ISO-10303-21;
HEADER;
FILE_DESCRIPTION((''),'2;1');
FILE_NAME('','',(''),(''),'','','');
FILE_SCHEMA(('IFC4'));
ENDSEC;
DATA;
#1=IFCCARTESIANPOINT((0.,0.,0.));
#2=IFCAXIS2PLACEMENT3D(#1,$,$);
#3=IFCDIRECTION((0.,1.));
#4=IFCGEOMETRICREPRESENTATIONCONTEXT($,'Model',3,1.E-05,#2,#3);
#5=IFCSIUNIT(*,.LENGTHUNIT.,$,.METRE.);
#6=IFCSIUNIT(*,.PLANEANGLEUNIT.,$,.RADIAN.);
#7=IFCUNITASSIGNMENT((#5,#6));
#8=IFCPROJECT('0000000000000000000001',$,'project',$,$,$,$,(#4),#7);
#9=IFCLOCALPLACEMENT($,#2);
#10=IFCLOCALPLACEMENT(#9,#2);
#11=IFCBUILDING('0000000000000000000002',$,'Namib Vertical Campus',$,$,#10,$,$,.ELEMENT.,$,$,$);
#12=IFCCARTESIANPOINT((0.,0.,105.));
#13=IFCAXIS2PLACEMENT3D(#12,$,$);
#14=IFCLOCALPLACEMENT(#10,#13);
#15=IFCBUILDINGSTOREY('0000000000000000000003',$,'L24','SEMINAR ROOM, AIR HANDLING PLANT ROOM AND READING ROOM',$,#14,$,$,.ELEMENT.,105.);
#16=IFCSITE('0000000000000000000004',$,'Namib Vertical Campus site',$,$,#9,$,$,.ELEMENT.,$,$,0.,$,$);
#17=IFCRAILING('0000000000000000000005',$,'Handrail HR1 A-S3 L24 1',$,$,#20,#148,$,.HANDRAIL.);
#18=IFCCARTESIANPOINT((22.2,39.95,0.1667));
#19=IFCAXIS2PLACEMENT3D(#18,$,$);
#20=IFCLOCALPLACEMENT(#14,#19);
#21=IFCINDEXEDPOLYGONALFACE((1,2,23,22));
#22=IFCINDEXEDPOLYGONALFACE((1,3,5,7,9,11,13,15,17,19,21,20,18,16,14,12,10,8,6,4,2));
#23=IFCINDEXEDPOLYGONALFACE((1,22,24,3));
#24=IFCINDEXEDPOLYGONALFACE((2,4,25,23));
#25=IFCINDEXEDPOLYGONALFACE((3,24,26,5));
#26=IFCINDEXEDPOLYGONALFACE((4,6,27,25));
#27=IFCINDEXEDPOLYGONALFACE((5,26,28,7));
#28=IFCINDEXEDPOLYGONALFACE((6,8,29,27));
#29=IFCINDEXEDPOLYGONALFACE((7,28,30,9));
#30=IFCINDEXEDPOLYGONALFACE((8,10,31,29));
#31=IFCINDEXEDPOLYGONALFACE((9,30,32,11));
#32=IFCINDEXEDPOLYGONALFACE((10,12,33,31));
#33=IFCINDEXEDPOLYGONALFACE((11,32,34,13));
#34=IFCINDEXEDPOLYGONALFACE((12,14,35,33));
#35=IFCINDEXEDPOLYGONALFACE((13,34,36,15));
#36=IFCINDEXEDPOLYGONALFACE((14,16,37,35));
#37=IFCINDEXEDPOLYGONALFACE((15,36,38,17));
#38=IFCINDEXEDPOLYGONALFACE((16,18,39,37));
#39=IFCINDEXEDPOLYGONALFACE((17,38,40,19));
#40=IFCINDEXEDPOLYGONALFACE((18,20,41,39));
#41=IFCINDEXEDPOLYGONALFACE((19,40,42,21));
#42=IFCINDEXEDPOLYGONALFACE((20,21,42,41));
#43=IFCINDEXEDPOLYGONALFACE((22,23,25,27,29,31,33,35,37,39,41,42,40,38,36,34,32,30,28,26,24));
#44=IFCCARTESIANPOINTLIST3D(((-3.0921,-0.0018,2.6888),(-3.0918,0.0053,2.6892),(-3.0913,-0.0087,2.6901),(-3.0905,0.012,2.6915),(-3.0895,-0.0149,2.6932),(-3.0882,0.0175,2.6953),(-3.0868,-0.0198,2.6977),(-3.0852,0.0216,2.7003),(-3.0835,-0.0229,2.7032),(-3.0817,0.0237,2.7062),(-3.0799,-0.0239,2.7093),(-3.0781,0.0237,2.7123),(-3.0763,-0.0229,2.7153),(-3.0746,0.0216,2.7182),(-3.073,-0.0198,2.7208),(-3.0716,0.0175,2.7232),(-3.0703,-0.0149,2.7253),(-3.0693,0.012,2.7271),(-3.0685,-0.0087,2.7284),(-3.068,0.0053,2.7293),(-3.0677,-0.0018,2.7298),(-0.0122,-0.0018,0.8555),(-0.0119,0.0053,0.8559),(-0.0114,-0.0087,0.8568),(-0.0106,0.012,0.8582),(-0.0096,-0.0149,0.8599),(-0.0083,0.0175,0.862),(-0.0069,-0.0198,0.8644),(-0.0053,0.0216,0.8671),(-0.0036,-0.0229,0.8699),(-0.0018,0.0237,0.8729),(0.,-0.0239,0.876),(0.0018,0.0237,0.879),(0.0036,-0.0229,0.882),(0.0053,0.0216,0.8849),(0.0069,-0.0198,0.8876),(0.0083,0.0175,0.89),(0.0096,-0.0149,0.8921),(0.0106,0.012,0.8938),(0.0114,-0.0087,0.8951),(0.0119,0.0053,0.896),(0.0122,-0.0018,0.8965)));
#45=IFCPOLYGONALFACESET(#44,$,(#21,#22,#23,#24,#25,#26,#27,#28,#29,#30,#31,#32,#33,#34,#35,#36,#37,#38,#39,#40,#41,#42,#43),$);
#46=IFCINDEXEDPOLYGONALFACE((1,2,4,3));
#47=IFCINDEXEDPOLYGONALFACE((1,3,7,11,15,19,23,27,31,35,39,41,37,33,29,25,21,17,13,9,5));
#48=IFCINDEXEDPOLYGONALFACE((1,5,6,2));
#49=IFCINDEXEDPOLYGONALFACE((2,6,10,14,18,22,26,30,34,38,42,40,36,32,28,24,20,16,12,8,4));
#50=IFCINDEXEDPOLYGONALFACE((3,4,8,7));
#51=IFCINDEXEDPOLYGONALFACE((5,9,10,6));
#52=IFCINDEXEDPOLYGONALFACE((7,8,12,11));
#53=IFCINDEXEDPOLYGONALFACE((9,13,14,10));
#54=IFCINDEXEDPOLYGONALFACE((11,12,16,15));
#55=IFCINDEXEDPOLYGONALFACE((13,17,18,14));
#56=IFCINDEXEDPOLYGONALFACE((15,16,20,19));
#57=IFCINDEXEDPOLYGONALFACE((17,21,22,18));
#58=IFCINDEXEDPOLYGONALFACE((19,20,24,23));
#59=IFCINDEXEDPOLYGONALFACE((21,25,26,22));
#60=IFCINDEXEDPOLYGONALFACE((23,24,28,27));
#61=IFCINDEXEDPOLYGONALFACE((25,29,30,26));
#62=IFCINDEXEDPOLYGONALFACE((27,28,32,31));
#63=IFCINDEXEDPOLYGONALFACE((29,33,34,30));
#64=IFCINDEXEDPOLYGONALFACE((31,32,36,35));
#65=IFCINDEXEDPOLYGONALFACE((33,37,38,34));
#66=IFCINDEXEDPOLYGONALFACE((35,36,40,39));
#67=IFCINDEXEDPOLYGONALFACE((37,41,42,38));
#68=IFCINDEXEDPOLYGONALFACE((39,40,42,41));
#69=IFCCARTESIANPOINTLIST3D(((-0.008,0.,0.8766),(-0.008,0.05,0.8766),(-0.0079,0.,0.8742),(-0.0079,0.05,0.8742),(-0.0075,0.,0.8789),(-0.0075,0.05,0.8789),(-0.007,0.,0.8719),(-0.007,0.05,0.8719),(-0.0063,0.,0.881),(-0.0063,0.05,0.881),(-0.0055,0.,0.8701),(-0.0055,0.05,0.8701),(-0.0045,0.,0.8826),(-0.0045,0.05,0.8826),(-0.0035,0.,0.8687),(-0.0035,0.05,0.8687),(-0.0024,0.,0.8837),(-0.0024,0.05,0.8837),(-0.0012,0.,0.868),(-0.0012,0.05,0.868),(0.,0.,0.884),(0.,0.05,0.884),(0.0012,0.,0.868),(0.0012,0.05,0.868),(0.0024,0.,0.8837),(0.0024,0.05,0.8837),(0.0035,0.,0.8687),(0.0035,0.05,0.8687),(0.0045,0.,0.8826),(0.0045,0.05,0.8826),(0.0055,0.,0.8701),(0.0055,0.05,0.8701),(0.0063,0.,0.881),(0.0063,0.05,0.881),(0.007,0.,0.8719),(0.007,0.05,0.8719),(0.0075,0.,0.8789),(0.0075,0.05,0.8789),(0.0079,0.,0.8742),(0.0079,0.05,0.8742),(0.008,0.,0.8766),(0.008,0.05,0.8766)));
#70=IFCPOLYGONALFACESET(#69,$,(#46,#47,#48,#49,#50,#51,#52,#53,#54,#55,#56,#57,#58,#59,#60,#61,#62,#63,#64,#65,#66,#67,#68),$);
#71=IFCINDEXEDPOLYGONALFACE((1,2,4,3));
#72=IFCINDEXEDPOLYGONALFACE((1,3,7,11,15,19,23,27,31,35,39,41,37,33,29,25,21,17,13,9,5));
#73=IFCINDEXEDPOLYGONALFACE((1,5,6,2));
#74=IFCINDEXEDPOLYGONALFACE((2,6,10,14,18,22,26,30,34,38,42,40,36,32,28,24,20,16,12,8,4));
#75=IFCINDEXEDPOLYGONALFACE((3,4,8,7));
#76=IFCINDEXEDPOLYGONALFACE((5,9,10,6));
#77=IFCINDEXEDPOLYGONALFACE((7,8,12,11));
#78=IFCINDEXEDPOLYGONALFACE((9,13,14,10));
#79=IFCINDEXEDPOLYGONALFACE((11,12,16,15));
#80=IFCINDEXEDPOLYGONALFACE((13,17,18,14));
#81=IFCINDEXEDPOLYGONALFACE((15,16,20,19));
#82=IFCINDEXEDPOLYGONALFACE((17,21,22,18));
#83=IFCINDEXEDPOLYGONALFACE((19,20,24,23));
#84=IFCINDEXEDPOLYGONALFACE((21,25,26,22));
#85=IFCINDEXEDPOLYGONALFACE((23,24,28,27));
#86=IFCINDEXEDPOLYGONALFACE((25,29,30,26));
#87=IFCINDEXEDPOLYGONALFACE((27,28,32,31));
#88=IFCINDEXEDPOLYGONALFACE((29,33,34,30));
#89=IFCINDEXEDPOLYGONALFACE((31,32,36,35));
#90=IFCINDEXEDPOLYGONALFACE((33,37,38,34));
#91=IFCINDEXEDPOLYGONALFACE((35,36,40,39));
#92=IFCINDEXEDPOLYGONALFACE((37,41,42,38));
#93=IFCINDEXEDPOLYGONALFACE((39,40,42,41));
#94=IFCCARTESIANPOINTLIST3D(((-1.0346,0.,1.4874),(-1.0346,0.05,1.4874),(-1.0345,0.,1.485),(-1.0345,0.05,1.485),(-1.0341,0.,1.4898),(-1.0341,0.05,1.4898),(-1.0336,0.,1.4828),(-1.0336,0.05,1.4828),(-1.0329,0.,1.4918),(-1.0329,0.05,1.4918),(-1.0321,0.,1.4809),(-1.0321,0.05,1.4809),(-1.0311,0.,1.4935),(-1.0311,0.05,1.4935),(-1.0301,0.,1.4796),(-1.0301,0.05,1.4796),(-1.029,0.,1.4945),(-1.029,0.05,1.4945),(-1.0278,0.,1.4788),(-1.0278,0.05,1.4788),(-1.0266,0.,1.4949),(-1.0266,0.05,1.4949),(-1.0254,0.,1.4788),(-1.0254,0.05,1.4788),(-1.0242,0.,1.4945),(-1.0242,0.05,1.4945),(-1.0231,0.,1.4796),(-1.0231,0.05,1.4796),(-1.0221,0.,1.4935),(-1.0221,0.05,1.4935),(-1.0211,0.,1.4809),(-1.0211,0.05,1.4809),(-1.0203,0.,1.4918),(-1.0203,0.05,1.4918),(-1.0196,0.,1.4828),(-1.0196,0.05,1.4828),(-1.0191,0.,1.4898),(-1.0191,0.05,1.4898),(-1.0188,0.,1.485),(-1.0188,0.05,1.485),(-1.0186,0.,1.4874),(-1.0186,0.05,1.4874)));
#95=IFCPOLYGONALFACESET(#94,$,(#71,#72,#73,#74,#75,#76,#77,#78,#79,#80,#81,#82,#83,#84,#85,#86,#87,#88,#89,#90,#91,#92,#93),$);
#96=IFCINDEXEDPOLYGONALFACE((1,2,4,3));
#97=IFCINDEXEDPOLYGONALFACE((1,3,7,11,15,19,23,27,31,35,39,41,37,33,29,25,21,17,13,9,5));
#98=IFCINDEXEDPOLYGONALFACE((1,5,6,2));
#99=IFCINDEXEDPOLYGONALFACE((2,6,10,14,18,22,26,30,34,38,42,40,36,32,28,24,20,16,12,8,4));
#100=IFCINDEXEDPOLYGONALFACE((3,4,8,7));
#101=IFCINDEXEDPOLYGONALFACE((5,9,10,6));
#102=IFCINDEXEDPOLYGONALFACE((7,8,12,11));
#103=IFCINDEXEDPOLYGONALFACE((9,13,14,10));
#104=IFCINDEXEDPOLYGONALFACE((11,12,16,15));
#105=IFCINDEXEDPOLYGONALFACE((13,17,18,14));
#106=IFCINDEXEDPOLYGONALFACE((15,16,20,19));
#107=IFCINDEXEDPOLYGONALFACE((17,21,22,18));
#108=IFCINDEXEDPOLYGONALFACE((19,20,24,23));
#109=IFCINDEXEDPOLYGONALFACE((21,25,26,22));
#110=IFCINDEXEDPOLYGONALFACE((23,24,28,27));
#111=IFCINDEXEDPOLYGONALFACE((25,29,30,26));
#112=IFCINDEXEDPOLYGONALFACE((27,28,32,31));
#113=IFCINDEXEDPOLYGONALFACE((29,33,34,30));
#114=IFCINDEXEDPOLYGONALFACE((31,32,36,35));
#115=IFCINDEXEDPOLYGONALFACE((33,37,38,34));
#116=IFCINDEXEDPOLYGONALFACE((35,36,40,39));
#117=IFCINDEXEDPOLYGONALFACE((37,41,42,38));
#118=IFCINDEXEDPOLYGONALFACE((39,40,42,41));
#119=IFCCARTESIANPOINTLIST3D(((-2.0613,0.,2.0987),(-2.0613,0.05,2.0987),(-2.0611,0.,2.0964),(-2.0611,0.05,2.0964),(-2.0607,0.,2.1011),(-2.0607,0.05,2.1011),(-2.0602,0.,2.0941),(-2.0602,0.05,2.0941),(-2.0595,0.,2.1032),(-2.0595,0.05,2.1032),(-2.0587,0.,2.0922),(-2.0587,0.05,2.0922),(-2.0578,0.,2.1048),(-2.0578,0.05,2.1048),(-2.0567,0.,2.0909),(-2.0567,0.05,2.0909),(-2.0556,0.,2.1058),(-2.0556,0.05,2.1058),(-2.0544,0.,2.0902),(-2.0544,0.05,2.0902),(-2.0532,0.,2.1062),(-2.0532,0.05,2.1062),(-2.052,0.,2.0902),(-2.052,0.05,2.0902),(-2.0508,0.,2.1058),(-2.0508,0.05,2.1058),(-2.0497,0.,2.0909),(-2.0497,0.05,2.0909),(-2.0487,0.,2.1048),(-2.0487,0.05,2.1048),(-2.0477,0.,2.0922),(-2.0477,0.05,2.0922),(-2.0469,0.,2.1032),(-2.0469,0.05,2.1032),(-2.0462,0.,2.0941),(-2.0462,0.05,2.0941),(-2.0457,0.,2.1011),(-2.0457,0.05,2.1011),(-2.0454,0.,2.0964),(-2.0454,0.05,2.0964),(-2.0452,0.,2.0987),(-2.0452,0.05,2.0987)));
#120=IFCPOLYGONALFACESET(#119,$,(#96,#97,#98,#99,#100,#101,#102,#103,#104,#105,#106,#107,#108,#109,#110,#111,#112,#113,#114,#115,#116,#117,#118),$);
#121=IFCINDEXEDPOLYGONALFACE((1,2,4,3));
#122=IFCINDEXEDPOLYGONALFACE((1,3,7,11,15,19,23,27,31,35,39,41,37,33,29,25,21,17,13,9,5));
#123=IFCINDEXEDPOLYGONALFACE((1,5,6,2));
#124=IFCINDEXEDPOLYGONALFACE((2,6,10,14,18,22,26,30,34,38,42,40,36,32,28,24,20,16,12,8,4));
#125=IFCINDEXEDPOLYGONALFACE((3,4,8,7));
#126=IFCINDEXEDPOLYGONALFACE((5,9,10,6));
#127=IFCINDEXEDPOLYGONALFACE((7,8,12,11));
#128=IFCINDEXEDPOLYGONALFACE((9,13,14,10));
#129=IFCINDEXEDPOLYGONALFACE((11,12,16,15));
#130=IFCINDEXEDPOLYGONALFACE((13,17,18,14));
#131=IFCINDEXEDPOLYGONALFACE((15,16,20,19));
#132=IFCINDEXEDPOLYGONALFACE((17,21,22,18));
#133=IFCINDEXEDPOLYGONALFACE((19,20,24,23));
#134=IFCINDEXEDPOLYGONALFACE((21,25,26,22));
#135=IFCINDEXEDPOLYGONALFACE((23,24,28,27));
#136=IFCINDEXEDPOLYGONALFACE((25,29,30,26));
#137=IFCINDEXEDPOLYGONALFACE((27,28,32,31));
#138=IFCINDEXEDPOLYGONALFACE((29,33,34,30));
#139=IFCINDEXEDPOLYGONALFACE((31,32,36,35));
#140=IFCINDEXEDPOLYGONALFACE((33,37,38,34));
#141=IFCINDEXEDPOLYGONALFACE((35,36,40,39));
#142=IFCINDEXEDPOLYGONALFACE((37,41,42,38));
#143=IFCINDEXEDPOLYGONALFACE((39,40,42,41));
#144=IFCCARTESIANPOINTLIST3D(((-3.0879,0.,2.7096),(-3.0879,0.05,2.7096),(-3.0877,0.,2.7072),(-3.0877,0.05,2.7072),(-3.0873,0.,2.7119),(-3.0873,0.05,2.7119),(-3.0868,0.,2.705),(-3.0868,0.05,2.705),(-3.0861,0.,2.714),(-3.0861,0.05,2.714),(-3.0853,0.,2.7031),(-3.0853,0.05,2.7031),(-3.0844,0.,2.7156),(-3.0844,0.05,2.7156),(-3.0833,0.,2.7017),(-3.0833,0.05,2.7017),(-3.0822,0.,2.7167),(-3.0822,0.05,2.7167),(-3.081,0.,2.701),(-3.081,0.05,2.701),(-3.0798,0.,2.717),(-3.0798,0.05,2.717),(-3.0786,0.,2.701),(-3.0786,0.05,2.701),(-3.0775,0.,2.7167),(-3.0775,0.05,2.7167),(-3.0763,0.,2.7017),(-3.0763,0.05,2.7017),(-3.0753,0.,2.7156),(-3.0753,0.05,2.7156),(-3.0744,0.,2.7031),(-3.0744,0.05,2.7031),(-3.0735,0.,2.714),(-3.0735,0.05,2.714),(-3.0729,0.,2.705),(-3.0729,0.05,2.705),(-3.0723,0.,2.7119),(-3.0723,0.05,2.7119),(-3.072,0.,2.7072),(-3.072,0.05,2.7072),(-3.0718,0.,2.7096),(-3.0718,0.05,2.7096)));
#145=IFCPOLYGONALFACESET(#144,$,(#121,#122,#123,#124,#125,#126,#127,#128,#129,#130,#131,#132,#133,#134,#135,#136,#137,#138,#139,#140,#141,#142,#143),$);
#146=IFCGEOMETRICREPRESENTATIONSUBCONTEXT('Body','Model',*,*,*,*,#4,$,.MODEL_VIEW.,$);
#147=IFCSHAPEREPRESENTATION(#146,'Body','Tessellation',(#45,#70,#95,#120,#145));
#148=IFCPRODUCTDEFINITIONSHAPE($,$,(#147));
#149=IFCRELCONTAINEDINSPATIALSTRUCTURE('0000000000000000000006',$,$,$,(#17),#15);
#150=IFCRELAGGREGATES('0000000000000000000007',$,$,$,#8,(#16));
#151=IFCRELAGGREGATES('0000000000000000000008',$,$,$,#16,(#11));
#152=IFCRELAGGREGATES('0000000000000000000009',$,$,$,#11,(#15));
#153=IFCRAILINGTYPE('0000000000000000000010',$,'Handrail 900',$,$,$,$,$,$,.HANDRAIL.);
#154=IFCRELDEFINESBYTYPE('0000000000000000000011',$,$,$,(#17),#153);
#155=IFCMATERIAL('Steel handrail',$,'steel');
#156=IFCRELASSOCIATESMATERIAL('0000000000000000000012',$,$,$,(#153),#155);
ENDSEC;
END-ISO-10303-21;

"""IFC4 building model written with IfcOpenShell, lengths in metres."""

from ifc_helpers import new_model, si_unit, direction, frame, origin, origin_2d, place, context, subcontext, project, spatial, circle, extrude, material, type_object, element, save


model = new_model("IFC4")

# Units and contexts
model_context = context("Model", 3, precision=1e-05, world=origin(), true_north=direction((0.0, 1.0)))
body_context = subcontext(model_context, "Body", "Model", "MODEL_VIEW")
ifc_project = project(units=[si_unit("LENGTHUNIT", "METRE"), si_unit("PLANEANGLEUNIT", "RADIAN")], contexts=[model_context])

# Site, building, storey
site_placement = place(None, origin())
site = spatial("IfcSite", under=ifc_project, at=site_placement, Name="Namib Vertical Campus site", CompositionType="ELEMENT", RefElevation=0.0)
building_placement = place(site_placement, origin())
building = spatial("IfcBuilding", under=site, at=building_placement, Name="Namib Vertical Campus", CompositionType="ELEMENT")
storey_placement = place(building_placement, frame((0.0, 0.0, 105.0)))
storey = spatial("IfcBuildingStorey", under=building, at=storey_placement, Name="L24", Description="SEMINAR ROOM, AIR HANDLING PLANT ROOM AND READING ROOM", CompositionType="ELEMENT", Elevation=105.0)

# Railing
ifc_material_1 = material(Name="Steel handrail", Category="steel")
railing_type_1 = type_object("IfcRailingType", Name="Handrail 900", PredefinedType="HANDRAIL", material=ifc_material_1)
railing_1_placement = place(storey_placement, frame((22.2, 39.95, 0.1667)))
element("IfcRailing", 1, at=railing_1_placement, inside=storey, type_object=railing_type_1, Name="Handrail HR1 A-S3 L24 1", PredefinedType="HANDRAIL", context=body_context, shape_type="SweptSolid", body=[
    extrude(circle(Radius=0.0239, at=origin_2d()), frame((0.0, 0.0, 0.876), z_axis=(-0.859291, 0.0, 0.511487), x_axis=(0.0, -1.0, 0.0)), (0.0, 0.0, 1.0), 3.5842),
    extrude(circle(Radius=0.0081, at=origin_2d()), frame((0.0, 0.0, 0.876), z_axis=(0.0, 1.0, 0.0), x_axis=(0.0, 0.0, 1.0)), (0.0, 0.0, 1.0), 0.05),
    extrude(circle(Radius=0.0081, at=origin_2d()), frame((-1.0266, 0.0, 1.4868), z_axis=(0.0, 1.0, 0.0), x_axis=(0.0, 0.0, 1.0)), (0.0, 0.0, 1.0), 0.05),
    extrude(circle(Radius=0.0081, at=origin_2d()), frame((-2.0532, 0.0, 2.0981), z_axis=(0.0, 1.0, 0.0), x_axis=(0.0, 0.0, 1.0)), (0.0, 0.0, 1.0), 0.05),
    extrude(circle(Radius=0.0081, at=origin_2d()), frame((-3.0798, 0.0, 2.709), z_axis=(0.0, 1.0, 0.0), x_axis=(0.0, 0.0, 1.0)), (0.0, 0.0, 1.0), 0.05),
])

save(model, "model.ifc")
